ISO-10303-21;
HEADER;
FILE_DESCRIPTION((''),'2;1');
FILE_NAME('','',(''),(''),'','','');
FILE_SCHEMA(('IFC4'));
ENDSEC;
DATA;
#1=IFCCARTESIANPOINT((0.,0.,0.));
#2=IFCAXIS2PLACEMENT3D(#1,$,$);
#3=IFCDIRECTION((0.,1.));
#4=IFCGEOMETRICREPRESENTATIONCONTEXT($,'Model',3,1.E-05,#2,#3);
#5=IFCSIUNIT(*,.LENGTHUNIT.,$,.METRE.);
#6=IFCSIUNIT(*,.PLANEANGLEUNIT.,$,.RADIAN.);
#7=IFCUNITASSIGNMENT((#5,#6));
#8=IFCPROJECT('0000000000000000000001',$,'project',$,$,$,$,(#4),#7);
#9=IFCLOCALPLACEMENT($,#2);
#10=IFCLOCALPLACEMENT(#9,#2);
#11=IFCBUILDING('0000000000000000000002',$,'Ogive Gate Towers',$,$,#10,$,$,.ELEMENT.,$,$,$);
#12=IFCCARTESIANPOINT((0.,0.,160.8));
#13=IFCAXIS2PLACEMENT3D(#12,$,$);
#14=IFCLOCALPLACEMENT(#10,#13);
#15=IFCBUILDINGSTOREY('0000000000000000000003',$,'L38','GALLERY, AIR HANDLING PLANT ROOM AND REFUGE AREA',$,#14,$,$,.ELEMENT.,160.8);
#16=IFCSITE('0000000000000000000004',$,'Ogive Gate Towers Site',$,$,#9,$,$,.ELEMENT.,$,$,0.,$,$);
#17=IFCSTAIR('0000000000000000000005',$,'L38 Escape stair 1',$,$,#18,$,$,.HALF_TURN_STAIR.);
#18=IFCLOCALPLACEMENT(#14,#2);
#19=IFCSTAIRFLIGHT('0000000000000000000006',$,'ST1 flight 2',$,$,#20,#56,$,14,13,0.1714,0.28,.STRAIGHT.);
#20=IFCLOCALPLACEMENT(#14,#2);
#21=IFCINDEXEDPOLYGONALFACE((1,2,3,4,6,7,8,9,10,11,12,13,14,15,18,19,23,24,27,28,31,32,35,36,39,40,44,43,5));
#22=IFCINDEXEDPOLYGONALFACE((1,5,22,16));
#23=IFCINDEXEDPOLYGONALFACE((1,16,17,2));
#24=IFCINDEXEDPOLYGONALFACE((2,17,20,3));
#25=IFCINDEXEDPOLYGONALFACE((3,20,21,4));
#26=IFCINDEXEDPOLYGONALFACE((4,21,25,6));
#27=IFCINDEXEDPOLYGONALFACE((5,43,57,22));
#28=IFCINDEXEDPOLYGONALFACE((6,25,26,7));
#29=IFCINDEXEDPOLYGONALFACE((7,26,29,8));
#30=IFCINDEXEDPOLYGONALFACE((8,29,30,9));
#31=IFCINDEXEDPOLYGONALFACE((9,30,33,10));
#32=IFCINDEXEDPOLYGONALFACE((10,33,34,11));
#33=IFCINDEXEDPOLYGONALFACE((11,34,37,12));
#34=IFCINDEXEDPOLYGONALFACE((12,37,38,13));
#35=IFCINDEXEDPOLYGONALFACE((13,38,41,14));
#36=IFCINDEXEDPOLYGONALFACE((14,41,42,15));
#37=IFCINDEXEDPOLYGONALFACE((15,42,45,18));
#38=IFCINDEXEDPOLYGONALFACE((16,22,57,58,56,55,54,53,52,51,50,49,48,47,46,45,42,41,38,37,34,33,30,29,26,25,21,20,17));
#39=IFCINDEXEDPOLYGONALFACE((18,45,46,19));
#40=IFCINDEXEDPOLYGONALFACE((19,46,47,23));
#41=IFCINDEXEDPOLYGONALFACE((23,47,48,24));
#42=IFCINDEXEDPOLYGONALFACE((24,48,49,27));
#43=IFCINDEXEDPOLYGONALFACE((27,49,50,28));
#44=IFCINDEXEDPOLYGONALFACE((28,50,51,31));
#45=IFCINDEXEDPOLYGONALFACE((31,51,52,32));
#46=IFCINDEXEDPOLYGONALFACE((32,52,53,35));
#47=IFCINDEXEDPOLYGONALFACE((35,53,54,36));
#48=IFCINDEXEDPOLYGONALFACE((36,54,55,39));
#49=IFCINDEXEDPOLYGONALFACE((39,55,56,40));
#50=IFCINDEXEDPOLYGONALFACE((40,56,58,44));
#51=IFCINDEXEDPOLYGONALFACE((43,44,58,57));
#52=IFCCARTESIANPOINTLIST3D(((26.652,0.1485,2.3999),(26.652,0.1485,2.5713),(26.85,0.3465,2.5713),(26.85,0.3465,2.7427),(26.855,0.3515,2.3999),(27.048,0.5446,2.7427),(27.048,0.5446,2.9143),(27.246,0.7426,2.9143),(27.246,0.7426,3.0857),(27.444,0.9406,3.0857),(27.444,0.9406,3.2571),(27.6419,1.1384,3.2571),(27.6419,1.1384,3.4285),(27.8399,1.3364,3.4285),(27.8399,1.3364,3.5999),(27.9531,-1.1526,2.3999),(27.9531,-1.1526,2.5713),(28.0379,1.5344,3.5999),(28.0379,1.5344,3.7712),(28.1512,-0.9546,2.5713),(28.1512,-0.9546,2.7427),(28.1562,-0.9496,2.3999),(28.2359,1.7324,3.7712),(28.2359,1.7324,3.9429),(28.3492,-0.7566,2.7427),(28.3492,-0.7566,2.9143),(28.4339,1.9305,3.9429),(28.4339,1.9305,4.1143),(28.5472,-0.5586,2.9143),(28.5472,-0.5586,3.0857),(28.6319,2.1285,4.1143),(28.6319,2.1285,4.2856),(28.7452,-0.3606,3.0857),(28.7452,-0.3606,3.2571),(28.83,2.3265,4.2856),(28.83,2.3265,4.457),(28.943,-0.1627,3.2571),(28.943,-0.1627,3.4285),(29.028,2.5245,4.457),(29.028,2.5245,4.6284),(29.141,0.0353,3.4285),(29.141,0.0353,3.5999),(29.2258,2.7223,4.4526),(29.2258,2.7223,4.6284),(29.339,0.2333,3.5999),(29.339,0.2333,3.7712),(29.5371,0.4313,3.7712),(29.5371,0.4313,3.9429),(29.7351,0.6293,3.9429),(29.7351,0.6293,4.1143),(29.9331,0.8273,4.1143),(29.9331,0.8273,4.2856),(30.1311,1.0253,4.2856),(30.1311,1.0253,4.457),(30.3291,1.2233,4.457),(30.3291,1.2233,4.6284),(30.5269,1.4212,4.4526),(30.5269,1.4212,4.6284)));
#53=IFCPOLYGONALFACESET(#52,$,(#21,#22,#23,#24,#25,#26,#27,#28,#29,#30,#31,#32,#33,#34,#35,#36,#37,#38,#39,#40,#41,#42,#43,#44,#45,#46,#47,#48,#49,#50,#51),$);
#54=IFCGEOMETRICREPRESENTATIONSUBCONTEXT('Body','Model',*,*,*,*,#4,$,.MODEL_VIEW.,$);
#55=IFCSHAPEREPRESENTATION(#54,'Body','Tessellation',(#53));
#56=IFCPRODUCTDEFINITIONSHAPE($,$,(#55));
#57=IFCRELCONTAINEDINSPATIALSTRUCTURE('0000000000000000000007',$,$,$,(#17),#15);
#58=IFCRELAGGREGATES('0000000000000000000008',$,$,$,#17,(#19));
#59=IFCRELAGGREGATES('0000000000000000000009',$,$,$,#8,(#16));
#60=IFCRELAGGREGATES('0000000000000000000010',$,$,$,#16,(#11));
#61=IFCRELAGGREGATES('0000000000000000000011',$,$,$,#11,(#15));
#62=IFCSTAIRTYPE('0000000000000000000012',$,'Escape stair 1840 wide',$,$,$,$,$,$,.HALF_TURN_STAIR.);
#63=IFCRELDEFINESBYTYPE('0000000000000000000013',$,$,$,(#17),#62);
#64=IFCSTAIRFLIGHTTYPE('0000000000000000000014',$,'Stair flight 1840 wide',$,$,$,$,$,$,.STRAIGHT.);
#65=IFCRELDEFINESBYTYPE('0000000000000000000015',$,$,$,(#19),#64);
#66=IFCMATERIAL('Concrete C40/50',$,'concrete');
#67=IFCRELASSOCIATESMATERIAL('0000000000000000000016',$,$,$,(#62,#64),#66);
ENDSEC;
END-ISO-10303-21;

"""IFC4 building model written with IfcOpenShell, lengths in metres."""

from ifc_helpers import new_model, si_unit, direction, frame, origin, place, context, subcontext, project, spatial, polyline, outline, extrude, material, type_object, element, aggregate, save


model = new_model("IFC4")

# Units and contexts
model_context = context("Model", 3, precision=1e-05, world=origin(), true_north=direction((0.0, 1.0)))
body_context = subcontext(model_context, "Body", "Model", "MODEL_VIEW")
ifc_project = project(units=[si_unit("LENGTHUNIT", "METRE"), si_unit("PLANEANGLEUNIT", "RADIAN")], contexts=[model_context])

# Site, building, storey
site_placement = place(None, origin())
site = spatial("IfcSite", under=ifc_project, at=site_placement, Name="Ogive Gate Towers Site", CompositionType="ELEMENT", RefElevation=0.0)
building_placement = place(site_placement, origin())
building = spatial("IfcBuilding", under=site, at=building_placement, Name="Ogive Gate Towers", CompositionType="ELEMENT")
storey_placement = place(building_placement, frame((0.0, 0.0, 160.8)))
storey = spatial("IfcBuildingStorey", under=building, at=storey_placement, Name="L38", Description="GALLERY, AIR HANDLING PLANT ROOM AND REFUGE AREA", CompositionType="ELEMENT", Elevation=160.8)

# Stair, stair flight
ifc_material_1 = material(Name="Concrete C40/50", Category="concrete")
stair_type = type_object("IfcStairType", Name="Escape stair 1840 wide", PredefinedType="HALF_TURN_STAIR", material=ifc_material_1)
stair_placement = place(storey_placement, origin())
stair = element("IfcStair", 1, at=stair_placement, inside=storey, type_object=stair_type, Name="L38 Escape stair 1", PredefinedType="HALF_TURN_STAIR")
stair_flight_type = type_object("IfcStairFlightType", Name="Stair flight 1840 wide", PredefinedType="STRAIGHT", material=ifc_material_1)
stair_flight_placement = place(storey_placement, frame((27.3025, -0.502, 2.3999), z_axis=(0.0, 0.0, 1.0), x_axis=(0.707107, 0.707107, 0.0)))
stair_flight = element("IfcStairFlight", 2, at=stair_flight_placement, type_object=stair_flight_type, Name="ST1 flight 2", NumberOfRisers=14, NumberOfTreads=13, PredefinedType="STRAIGHT", RiserHeight=0.1714, TreadLength=0.28, context=body_context, shape_type="SweptSolid", body=[
    extrude(outline(polyline([(0.0, 0.0), (0.0, 0.1714), (0.28, 0.1714), (0.28, 0.3428), (0.5601, 0.3428), (0.5601, 0.5144), (0.8401, 0.5144), (0.8401, 0.6858), (1.1201, 0.6858), (1.1201, 0.8572), (1.3999, 0.8572), (1.3999, 1.0286), (1.6799, 1.0286), (1.6799, 1.2), (1.96, 1.2), (1.96, 1.3713), (2.24, 1.3713), (2.24, 1.543), (2.52, 1.543), (2.52, 1.7144), (2.8, 1.7144), (2.8, 1.8857), (3.0801, 1.8857), (3.0801, 2.0571), (3.3601, 2.0571), (3.3601, 2.2285), (3.6399, 2.2285), (3.6399, 2.3999), (3.6399, 2.0527), (0.2871, 0.0), (0.0, 0.0)])), frame((0.0, 0.9199, 0.0), z_axis=(0.0, -1.0, 0.0), x_axis=(1.0, 0.0, 0.0)), (0.0, 0.0, 1.0), 1.8401),
])
aggregate(stair, [stair_flight])

save(model, "model.ifc")
